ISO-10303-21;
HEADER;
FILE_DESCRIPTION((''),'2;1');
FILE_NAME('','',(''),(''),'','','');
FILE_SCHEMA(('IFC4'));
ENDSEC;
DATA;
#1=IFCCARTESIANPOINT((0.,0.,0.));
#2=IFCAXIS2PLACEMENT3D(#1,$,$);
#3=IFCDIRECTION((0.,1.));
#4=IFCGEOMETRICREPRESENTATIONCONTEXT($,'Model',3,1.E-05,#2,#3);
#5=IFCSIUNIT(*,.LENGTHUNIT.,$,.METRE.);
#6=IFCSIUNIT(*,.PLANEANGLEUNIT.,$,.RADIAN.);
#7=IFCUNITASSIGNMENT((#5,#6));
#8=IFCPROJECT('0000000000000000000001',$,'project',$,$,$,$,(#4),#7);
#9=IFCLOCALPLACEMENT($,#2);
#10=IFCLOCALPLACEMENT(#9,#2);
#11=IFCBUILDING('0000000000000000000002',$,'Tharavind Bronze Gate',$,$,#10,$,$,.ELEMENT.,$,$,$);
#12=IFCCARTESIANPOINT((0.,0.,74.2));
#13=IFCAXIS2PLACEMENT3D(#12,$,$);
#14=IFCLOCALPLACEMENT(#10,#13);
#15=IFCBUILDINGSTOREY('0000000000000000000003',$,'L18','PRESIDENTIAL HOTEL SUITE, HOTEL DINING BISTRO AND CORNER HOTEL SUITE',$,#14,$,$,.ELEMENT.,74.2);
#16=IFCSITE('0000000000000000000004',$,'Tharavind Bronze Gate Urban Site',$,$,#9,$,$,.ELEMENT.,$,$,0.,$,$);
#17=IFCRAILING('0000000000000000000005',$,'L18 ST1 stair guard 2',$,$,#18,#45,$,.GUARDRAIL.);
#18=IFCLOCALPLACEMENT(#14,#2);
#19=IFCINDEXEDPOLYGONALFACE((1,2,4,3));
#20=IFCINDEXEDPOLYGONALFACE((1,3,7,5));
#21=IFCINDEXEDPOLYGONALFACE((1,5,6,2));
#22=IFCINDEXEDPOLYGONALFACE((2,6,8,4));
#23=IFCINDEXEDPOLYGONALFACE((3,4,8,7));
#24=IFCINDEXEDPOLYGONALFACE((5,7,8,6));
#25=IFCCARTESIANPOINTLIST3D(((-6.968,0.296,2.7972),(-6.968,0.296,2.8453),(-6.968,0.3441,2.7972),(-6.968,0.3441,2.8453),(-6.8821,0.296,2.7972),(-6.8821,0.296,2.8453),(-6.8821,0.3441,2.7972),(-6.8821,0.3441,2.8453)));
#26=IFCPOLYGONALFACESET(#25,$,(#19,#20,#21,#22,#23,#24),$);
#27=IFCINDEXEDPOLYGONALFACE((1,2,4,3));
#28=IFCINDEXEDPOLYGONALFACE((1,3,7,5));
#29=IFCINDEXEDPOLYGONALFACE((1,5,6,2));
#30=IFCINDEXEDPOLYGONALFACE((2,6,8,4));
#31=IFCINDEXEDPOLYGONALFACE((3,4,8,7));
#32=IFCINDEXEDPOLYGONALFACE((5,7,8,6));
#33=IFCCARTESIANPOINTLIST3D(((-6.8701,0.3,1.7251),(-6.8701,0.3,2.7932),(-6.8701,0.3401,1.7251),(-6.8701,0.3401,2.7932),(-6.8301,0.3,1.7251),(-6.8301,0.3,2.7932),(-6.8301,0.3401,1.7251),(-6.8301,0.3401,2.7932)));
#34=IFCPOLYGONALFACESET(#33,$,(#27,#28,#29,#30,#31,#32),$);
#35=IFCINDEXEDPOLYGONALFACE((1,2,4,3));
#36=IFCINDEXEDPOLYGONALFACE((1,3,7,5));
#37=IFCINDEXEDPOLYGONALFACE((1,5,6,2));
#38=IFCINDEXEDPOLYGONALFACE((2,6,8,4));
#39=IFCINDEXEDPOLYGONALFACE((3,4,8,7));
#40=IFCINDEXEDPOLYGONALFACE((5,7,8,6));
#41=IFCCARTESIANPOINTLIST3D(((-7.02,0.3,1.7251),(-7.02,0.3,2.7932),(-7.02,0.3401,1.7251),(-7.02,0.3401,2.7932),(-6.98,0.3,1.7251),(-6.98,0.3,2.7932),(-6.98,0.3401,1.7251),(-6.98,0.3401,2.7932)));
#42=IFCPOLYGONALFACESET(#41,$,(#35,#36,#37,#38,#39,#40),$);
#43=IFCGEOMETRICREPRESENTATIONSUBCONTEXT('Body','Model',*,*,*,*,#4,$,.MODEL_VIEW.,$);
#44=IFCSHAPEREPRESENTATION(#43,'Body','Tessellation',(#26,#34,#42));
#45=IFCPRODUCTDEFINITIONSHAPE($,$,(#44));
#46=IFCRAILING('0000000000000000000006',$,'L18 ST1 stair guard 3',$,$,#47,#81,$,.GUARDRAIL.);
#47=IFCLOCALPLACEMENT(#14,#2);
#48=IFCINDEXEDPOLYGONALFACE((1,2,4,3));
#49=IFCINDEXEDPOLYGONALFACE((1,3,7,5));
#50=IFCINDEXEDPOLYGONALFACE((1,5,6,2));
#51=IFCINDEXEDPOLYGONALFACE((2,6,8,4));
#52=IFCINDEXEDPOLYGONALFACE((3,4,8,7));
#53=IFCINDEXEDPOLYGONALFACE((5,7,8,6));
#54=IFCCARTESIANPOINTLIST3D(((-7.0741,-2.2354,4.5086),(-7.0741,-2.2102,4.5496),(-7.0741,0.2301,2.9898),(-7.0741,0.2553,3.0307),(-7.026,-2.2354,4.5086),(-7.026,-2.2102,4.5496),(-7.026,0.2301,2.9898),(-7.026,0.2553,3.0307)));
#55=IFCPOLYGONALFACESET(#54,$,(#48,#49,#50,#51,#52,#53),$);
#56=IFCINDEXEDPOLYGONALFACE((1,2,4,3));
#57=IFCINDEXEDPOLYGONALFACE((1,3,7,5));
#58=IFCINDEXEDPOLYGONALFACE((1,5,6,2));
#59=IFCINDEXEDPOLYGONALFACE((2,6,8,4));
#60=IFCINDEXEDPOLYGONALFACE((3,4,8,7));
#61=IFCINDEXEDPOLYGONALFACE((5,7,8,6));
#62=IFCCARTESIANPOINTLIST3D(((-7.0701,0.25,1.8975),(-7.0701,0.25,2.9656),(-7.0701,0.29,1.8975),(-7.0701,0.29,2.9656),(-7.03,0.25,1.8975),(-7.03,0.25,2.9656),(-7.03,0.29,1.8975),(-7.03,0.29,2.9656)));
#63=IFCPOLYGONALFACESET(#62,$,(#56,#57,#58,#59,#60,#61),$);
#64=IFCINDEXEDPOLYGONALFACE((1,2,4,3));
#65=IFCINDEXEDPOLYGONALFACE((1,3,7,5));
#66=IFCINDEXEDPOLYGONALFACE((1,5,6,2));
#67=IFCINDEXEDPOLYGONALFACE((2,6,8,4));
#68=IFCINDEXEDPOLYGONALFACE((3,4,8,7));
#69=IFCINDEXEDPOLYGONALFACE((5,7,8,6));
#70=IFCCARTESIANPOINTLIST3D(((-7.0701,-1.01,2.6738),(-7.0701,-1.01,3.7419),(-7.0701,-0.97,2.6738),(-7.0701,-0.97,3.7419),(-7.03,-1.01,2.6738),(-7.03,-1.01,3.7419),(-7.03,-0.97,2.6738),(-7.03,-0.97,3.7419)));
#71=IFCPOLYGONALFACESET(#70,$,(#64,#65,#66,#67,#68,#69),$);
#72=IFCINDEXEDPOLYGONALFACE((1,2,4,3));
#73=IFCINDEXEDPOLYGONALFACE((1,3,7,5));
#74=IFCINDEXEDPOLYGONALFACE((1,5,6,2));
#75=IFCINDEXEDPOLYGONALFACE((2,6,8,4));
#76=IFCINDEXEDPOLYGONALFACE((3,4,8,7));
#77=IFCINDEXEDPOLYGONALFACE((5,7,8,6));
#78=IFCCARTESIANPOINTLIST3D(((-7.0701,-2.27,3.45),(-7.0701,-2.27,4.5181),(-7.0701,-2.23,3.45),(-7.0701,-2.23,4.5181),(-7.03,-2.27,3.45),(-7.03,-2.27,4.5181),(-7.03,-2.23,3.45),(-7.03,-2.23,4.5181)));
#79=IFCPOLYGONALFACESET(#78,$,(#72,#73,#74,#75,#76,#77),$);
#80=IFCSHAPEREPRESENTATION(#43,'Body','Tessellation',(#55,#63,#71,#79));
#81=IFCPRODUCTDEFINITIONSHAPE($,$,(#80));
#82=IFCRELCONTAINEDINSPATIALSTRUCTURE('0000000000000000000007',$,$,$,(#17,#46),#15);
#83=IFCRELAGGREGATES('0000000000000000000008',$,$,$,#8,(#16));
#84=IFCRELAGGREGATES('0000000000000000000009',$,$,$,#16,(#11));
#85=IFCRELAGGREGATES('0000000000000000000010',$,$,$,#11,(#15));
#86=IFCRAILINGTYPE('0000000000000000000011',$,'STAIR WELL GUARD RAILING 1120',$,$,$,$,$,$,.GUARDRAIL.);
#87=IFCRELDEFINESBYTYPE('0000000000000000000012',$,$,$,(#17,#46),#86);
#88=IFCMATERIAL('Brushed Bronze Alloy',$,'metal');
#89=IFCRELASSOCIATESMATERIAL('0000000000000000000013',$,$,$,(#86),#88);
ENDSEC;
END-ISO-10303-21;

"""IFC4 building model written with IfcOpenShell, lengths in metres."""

from ifc_helpers import new_model, si_unit, direction, frame, origin, origin_2d, place, context, subcontext, project, spatial, rectangle, extrude, material, type_object, element, save


model = new_model("IFC4")

# Units and contexts
model_context = context("Model", 3, precision=1e-05, world=origin(), true_north=direction((0.0, 1.0)))
body_context = subcontext(model_context, "Body", "Model", "MODEL_VIEW")
ifc_project = project(units=[si_unit("LENGTHUNIT", "METRE"), si_unit("PLANEANGLEUNIT", "RADIAN")], contexts=[model_context])

# Site, building, storey
site_placement = place(None, origin())
site = spatial("IfcSite", under=ifc_project, at=site_placement, Name="Tharavind Bronze Gate Urban Site", CompositionType="ELEMENT", RefElevation=0.0)
building_placement = place(site_placement, origin())
building = spatial("IfcBuilding", under=site, at=building_placement, Name="Tharavind Bronze Gate", CompositionType="ELEMENT")
storey_placement = place(building_placement, frame((0.0, 0.0, 74.2)))
storey = spatial("IfcBuildingStorey", under=building, at=storey_placement, Name="L18", Description="PRESIDENTIAL HOTEL SUITE, HOTEL DINING BISTRO AND CORNER HOTEL SUITE", CompositionType="ELEMENT", Elevation=74.2)

# Railings
ifc_material_1 = material(Name="Brushed Bronze Alloy", Category="metal")
railing_type_1 = type_object("IfcRailingType", Name="STAIR WELL GUARD RAILING 1120", PredefinedType="GUARDRAIL", material=ifc_material_1)
railing_1_placement = place(storey_placement, frame((-6.8501, 0.3201, 1.7251)))
element("IfcRailing", 1, at=railing_1_placement, inside=storey, type_object=railing_type_1, Name="L18 ST1 stair guard 2", PredefinedType="GUARDRAIL", context=body_context, shape_type="SweptSolid", body=[
    extrude(rectangle(XDim=0.0481, YDim=0.0481, at=origin_2d()), frame((-0.032, 0.0, 1.0962), z_axis=(-1.0, 0.0, 0.0), x_axis=(0.0, -1.0, 0.0)), (0.0, 0.0, 1.0), 0.0859),
    extrude(rectangle(XDim=0.04, YDim=0.04, at=origin_2d()), origin(), (0.0, 0.0, 1.0), 1.0681),
    extrude(rectangle(XDim=0.04, YDim=0.04, at=origin_2d()), frame((-0.1499, 0.0, 0.0)), (0.0, 0.0, 1.0), 1.0681),
])
railing_2_placement = place(storey_placement, frame((-7.05, 0.27, 1.8975)))
element("IfcRailing", 2, at=railing_2_placement, inside=storey, type_object=railing_type_1, Name="L18 ST1 stair guard 3", PredefinedType="GUARDRAIL", context=body_context, shape_type="SweptSolid", body=[
    extrude(rectangle(XDim=0.0481, YDim=0.0481, at=origin_2d()), frame((0.0, -0.0273, 1.1128), z_axis=(0.0, -0.8514, 0.524516), x_axis=(1.0, 0.0, 0.0)), (0.0, 0.0, 1.0), 2.8958),
    extrude(rectangle(XDim=0.04, YDim=0.04, at=origin_2d()), origin(), (0.0, 0.0, 1.0), 1.0681),
    extrude(rectangle(XDim=0.04, YDim=0.04, at=origin_2d()), frame((0.0, -1.26, 0.7764)), (0.0, 0.0, 1.0), 1.0681),
    extrude(rectangle(XDim=0.04, YDim=0.04, at=origin_2d()), frame((0.0, -2.52, 1.5525)), (0.0, 0.0, 1.0), 1.0681),
])

save(model, "model.ifc")
